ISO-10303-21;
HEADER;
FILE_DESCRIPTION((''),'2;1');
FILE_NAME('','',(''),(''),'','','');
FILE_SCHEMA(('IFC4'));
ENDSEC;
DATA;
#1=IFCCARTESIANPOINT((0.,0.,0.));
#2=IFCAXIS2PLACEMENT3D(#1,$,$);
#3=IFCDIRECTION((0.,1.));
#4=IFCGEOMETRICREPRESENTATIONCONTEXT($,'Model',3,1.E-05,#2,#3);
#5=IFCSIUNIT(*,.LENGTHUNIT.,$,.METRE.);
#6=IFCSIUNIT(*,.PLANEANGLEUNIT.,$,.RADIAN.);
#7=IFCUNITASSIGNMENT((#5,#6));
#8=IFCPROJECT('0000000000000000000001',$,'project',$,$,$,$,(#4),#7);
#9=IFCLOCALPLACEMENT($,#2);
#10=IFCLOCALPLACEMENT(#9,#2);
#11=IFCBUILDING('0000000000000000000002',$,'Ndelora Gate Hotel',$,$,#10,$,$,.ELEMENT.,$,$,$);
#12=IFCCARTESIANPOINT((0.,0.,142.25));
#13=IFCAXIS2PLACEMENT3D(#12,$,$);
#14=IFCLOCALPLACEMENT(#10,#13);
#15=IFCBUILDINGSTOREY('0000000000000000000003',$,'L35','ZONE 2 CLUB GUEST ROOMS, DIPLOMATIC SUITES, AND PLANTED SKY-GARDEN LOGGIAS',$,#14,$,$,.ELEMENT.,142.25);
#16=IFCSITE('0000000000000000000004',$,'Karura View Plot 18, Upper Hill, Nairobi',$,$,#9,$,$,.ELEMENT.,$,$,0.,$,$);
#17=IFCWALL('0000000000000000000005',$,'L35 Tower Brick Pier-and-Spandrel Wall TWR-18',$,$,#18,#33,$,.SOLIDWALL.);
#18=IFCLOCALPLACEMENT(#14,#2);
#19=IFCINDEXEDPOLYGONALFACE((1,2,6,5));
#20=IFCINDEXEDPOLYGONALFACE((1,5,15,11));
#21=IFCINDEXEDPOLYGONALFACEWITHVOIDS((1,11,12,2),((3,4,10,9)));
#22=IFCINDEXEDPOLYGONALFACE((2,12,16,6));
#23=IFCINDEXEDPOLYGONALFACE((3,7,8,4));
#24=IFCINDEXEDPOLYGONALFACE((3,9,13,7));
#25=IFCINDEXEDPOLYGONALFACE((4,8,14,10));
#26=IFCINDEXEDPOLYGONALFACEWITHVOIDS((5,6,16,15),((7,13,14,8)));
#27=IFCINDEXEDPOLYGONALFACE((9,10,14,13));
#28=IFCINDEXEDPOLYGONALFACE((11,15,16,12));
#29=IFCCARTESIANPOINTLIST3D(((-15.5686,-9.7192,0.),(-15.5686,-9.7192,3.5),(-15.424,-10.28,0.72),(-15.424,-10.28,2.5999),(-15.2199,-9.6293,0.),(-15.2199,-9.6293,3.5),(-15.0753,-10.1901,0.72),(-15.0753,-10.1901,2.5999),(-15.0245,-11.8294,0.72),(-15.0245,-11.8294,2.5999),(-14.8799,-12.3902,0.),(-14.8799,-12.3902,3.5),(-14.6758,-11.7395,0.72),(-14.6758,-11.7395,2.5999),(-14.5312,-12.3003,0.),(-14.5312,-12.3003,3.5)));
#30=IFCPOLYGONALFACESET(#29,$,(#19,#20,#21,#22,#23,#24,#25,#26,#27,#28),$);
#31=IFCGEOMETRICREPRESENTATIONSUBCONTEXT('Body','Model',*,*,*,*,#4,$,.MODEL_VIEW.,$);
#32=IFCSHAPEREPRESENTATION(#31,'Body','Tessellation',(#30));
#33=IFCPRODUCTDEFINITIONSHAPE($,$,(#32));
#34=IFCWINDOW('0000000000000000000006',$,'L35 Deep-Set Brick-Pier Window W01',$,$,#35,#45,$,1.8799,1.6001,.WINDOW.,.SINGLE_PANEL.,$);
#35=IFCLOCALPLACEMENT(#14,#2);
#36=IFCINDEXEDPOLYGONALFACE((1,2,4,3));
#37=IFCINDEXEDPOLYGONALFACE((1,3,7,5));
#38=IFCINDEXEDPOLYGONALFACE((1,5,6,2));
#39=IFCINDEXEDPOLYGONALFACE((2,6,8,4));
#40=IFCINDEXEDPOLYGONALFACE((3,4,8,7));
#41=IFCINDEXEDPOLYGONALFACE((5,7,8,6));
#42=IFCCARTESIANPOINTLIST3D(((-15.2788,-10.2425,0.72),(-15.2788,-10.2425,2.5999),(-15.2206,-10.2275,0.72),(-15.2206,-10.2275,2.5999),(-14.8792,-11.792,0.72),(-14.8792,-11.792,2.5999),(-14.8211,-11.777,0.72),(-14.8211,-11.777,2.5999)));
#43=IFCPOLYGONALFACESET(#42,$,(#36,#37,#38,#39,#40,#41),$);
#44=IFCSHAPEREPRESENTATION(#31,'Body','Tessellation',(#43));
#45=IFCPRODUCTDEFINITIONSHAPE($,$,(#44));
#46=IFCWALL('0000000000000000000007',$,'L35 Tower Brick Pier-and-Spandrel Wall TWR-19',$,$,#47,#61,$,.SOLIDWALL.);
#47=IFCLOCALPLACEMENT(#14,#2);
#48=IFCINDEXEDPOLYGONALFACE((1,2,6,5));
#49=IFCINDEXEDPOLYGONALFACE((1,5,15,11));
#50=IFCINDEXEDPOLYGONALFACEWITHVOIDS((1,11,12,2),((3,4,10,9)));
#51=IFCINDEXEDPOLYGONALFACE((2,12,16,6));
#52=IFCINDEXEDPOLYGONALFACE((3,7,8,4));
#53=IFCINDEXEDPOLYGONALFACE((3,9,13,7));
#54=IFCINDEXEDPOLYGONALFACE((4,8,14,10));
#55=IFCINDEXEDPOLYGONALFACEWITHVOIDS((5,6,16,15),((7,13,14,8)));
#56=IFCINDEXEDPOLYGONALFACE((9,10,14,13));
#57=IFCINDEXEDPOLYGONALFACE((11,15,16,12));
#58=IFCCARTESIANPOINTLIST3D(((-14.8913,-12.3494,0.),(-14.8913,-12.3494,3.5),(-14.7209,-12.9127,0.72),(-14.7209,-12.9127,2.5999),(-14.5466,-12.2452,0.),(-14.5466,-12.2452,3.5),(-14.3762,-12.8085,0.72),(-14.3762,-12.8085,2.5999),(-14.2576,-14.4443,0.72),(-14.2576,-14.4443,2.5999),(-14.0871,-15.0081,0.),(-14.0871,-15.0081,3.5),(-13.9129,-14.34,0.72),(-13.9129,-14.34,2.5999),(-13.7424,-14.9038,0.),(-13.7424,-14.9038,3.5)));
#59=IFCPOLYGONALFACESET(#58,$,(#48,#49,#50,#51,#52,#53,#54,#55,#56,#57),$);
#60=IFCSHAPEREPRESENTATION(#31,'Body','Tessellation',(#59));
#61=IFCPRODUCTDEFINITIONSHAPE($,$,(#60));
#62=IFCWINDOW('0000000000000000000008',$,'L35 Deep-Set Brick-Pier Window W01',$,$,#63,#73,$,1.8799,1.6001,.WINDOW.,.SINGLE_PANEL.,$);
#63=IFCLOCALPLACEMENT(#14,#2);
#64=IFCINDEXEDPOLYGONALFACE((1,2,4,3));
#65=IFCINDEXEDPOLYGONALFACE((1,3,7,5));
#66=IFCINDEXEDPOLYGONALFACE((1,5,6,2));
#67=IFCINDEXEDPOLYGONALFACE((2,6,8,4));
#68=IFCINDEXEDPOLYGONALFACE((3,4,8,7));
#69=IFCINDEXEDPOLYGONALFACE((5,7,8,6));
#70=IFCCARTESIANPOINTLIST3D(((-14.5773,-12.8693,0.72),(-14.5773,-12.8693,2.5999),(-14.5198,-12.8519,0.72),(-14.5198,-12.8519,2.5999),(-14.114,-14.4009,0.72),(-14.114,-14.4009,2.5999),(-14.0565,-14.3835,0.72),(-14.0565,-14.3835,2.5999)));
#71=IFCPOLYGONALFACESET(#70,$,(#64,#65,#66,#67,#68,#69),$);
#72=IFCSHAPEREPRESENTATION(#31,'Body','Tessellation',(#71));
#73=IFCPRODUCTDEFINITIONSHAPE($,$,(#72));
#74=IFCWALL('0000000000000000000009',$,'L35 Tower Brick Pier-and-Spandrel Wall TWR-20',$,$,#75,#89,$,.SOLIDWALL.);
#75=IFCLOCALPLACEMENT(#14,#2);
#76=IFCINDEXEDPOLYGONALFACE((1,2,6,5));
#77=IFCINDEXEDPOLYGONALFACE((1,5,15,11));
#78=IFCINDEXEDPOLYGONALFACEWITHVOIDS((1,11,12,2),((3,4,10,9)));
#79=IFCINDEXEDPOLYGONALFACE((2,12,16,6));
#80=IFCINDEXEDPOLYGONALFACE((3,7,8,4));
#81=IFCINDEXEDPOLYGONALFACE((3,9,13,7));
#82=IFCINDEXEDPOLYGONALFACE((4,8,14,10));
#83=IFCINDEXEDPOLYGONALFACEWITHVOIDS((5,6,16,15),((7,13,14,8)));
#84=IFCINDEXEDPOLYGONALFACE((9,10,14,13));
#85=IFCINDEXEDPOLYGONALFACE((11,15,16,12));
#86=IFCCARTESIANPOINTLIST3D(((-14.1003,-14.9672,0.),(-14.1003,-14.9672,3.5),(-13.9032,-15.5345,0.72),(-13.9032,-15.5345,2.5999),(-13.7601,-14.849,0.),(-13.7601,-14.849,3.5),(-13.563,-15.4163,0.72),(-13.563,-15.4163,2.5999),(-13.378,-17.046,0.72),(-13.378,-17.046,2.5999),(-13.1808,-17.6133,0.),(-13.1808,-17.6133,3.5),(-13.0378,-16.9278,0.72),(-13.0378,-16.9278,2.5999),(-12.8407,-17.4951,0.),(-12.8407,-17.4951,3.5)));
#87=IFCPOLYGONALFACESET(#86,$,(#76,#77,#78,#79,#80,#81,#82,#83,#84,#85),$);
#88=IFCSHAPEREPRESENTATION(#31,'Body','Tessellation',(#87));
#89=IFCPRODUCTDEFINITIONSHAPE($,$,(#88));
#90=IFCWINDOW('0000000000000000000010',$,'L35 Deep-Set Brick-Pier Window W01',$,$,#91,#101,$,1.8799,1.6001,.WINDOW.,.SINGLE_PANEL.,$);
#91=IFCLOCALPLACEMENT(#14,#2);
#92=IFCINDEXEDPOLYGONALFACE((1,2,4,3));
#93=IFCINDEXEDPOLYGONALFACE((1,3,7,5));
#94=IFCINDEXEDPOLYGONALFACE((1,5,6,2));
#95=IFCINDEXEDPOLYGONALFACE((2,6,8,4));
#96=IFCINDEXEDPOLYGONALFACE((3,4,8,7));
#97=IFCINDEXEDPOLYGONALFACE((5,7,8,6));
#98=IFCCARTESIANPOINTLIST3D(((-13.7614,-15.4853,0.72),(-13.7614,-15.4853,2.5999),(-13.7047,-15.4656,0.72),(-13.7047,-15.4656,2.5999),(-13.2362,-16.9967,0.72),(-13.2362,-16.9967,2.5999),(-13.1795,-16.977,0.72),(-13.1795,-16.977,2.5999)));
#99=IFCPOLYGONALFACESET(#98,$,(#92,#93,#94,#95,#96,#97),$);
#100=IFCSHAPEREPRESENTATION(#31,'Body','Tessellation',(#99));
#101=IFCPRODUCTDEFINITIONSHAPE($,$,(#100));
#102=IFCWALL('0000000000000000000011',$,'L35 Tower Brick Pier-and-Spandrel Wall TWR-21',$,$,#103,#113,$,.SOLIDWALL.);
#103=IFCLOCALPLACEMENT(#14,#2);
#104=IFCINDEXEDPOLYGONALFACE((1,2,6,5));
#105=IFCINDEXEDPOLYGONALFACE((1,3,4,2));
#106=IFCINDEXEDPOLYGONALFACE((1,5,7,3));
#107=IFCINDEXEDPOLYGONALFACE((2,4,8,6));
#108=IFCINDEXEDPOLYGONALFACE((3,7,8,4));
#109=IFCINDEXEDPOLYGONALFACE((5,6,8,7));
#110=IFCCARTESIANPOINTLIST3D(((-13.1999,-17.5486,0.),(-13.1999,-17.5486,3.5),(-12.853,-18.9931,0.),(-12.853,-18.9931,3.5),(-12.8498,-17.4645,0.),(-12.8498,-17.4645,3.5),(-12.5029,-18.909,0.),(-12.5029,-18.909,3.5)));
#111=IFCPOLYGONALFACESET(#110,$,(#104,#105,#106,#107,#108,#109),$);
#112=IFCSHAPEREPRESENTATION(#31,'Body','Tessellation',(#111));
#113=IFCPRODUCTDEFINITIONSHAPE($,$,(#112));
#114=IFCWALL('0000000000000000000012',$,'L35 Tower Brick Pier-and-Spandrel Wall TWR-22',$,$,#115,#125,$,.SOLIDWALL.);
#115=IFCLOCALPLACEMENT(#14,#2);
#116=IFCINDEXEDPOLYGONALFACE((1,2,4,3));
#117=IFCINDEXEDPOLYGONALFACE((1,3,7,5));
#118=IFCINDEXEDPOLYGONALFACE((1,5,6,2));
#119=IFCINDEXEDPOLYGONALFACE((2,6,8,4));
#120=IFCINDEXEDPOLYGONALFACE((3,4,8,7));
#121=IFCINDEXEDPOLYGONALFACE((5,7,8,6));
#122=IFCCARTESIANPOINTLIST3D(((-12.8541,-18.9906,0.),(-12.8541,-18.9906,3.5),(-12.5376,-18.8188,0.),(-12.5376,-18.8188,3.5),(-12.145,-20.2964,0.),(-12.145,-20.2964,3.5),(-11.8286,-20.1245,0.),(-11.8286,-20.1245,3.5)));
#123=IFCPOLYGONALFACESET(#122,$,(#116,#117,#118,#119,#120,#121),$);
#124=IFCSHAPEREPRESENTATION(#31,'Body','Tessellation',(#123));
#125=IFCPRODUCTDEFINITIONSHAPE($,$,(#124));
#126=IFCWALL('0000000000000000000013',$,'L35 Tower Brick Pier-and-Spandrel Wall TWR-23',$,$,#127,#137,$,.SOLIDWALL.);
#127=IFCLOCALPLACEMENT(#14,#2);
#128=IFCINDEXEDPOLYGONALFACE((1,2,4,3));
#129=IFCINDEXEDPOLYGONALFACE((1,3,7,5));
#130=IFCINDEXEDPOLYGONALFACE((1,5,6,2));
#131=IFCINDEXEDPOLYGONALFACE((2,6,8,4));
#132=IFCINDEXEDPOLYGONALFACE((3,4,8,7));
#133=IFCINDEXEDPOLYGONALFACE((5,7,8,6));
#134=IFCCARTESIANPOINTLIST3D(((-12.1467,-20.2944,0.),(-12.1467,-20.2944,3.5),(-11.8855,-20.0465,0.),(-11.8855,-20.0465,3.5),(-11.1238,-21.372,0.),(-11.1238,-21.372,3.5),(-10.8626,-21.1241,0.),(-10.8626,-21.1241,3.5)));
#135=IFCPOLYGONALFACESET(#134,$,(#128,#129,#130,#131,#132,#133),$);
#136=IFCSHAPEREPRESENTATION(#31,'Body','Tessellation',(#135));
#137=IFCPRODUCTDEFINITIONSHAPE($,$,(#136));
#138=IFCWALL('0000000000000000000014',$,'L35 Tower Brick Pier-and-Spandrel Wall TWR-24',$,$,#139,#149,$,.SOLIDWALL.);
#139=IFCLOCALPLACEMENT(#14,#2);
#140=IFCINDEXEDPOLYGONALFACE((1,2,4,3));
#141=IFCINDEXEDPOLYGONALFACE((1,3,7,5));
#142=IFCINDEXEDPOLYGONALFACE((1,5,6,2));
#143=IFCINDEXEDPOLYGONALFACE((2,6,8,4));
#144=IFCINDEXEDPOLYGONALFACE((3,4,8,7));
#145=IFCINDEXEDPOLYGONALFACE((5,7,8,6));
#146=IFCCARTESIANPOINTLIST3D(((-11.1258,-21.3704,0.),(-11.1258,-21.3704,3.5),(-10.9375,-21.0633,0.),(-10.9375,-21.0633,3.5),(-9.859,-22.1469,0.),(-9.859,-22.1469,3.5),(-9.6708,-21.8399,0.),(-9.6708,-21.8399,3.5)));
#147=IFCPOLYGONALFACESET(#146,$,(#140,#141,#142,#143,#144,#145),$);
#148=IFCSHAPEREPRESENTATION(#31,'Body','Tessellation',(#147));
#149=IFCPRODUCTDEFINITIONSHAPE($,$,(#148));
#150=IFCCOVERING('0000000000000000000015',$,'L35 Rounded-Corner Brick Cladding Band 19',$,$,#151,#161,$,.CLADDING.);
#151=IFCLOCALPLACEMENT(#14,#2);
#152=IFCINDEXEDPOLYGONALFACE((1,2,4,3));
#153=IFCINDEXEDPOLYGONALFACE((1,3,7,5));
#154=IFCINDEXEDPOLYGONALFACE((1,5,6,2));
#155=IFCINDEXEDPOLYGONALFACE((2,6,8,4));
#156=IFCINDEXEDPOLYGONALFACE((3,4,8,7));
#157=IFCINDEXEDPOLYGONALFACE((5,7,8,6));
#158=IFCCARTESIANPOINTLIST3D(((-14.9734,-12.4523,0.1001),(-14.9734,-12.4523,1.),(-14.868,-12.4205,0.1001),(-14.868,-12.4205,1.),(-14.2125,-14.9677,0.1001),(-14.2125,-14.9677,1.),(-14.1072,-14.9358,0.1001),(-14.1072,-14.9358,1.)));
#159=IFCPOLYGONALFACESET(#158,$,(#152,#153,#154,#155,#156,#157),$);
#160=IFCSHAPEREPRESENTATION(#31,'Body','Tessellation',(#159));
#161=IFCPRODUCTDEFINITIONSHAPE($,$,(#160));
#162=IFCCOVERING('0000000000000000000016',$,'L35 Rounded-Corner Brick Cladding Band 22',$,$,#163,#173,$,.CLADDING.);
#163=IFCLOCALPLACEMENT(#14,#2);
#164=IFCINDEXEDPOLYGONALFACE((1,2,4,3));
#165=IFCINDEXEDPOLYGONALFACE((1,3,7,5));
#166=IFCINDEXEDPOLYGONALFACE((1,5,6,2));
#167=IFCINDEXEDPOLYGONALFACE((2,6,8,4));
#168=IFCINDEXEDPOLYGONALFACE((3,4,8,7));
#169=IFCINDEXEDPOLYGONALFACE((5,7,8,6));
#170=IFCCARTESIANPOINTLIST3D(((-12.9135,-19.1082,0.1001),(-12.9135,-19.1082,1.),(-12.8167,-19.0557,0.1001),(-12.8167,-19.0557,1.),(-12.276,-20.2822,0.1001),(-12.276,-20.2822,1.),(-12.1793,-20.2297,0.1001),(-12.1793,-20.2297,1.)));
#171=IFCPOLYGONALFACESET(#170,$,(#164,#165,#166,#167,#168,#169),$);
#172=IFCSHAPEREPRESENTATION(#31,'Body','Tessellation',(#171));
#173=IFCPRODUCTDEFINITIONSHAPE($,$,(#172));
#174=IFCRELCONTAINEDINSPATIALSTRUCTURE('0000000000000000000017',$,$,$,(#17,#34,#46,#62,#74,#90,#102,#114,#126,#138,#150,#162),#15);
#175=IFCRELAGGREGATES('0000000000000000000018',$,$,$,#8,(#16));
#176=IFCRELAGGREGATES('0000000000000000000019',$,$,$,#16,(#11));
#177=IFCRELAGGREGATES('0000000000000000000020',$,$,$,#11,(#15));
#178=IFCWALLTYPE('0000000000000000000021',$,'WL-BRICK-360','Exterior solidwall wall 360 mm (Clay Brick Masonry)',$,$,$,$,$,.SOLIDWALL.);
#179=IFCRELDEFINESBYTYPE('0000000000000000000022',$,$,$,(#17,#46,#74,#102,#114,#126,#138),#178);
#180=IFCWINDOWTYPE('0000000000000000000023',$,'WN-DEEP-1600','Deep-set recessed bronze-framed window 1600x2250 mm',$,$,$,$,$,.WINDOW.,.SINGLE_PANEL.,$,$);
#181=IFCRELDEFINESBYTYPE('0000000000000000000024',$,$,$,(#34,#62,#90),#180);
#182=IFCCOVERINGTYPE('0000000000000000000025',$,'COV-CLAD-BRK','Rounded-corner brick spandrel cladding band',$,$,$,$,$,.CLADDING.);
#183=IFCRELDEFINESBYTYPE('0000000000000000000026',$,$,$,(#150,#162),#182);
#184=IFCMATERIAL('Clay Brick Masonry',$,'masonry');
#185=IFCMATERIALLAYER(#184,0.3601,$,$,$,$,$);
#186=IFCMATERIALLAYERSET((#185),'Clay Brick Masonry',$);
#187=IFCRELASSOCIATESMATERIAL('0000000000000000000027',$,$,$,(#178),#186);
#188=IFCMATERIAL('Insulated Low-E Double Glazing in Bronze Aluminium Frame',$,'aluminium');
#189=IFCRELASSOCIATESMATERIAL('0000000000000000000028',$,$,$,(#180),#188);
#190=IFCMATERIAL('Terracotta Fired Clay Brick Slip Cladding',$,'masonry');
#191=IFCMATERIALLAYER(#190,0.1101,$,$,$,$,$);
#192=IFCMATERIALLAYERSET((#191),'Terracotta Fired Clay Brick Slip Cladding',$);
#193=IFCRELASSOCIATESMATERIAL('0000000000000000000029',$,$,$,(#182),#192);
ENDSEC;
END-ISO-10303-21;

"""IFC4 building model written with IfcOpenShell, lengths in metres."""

from ifc_helpers import new_model, si_unit, direction, frame, frame_2d, origin, origin_2d, place, context, subcontext, project, spatial, rectangle, extrude, material, layer, layer_set, type_object, element, fill, save


model = new_model("IFC4")

# Units and contexts
model_context = context("Model", 3, precision=1e-05, world=origin(), true_north=direction((0.0, 1.0)))
body_context = subcontext(model_context, "Body", "Model", "MODEL_VIEW")
ifc_project = project(units=[si_unit("LENGTHUNIT", "METRE"), si_unit("PLANEANGLEUNIT", "RADIAN")], contexts=[model_context])

# Site, building, storey
site_placement = place(None, origin())
site = spatial("IfcSite", under=ifc_project, at=site_placement, Name="Karura View Plot 18, Upper Hill, Nairobi", CompositionType="ELEMENT", RefElevation=0.0)
building_placement = place(site_placement, origin())
building = spatial("IfcBuilding", under=site, at=building_placement, Name="Ndelora Gate Hotel", CompositionType="ELEMENT")
storey_placement = place(building_placement, frame((0.0, 0.0, 142.25)))
storey = spatial("IfcBuildingStorey", under=building, at=storey_placement, Name="L35", Description="ZONE 2 CLUB GUEST ROOMS, DIPLOMATIC SUITES, AND PLANTED SKY-GARDEN LOGGIAS", CompositionType="ELEMENT", Elevation=142.25)

# Walls, openings, windows
ifc_material_1 = material(Name="Clay Brick Masonry", Category="masonry")
ifc_layer_1 = layer(ifc_material_1, 0.3601)
ifc_layer_set_1 = layer_set([ifc_layer_1], Name="Clay Brick Masonry")
wall_type = type_object("IfcWallType", Name="WL-BRICK-360", Description="Exterior solidwall wall 360 mm (Clay Brick Masonry)", PredefinedType="SOLIDWALL", material=ifc_layer_set_1)
ifc_material_2 = material(Name="Insulated Low-E Double Glazing in Bronze Aluminium Frame", Category="aluminium")
wall_1_placement = place(storey_placement, frame((-14.7056, -12.3452, 0.0), z_axis=(0.0, 0.0, 1.0), x_axis=(-0.249693, 0.968325, 0.0)))
wall_1 = element("IfcWall", 1, at=wall_1_placement, inside=storey, type_object=wall_type, Name="L35 Tower Brick Pier-and-Spandrel Wall TWR-18", PredefinedType="SOLIDWALL", context=body_context, shape_type="SweptSolid", body=[
    extrude(rectangle(XDim=2.7583, YDim=0.3601, at=frame_2d((1.3792, 0.0))), origin(), (0.0, 0.0, 1.0), 3.5),
])
opening_1_placement = place(wall_1_placement, frame((0.5791, 0.0, 0.72)))
opening_1 = element("IfcOpeningElement", 2, at=opening_1_placement, cuts=wall_1, PredefinedType="OPENING", context=body_context, shape_type="SweptSolid", body=[
    extrude(rectangle(XDim=1.6001, YDim=1.8799, at=frame_2d((0.8, 0.9399))), frame((0.0, 0.1899, 0.0), z_axis=(0.0, -1.0, 0.0), x_axis=(1.0, 0.0, 0.0)), (0.0, 0.0, 1.0), 0.3801),
])
window_type_1 = type_object("IfcWindowType", Name="WN-DEEP-1600", Description="Deep-set recessed bronze-framed window 1600x2250 mm", PartitioningType="SINGLE_PANEL", PredefinedType="WINDOW", material=ifc_material_2)
window_1_placement = place(opening_1_placement, origin())
window_1 = element("IfcWindow", 3, at=window_1_placement, inside=storey, type_object=window_type_1, Name="L35 Deep-Set Brick-Pier Window W01", OverallHeight=1.8799, OverallWidth=1.6001, PartitioningType="SINGLE_PANEL", PredefinedType="WINDOW", context=body_context, shape_type="SweptSolid", body=[
    extrude(rectangle(XDim=1.6001, YDim=1.8799, at=frame_2d((0.8, 0.9399))), frame((0.0, 0.03, 0.0), z_axis=(0.0, -1.0, 0.0), x_axis=(1.0, 0.0, 0.0)), (0.0, 0.0, 1.0), 0.0601),
])
fill(opening_1, window_1)
wall_2_placement = place(storey_placement, frame((-13.9148, -14.9558, 0.0), z_axis=(0.0, 0.0, 1.0), x_axis=(-0.289524, 0.957171, 0.0)))
wall_2 = element("IfcWall", 4, at=wall_2_placement, inside=storey, type_object=wall_type, Name="L35 Tower Brick Pier-and-Spandrel Wall TWR-19", PredefinedType="SOLIDWALL", context=body_context, shape_type="SweptSolid", body=[
    extrude(rectangle(XDim=2.7776, YDim=0.3601, at=frame_2d((1.3887, 0.0))), origin(), (0.0, 0.0, 1.0), 3.5),
])
opening_2_placement = place(wall_2_placement, frame((0.5889, 0.0, 0.72)))
opening_2 = element("IfcOpeningElement", 5, at=opening_2_placement, cuts=wall_2, PredefinedType="OPENING", context=body_context, shape_type="SweptSolid", body=[
    extrude(rectangle(XDim=1.6001, YDim=1.8799, at=frame_2d((0.8, 0.9399))), frame((0.0, 0.1899, 0.0), z_axis=(0.0, -1.0, 0.0), x_axis=(1.0, 0.0, 0.0)), (0.0, 0.0, 1.0), 0.3801),
])
window_2_placement = place(opening_2_placement, origin())
window_2 = element("IfcWindow", 6, at=window_2_placement, inside=storey, type_object=window_type_1, Name="L35 Deep-Set Brick-Pier Window W01", OverallHeight=1.8799, OverallWidth=1.6001, PartitioningType="SINGLE_PANEL", PredefinedType="WINDOW", context=body_context, shape_type="SweptSolid", body=[
    extrude(rectangle(XDim=1.6001, YDim=1.8799, at=frame_2d((0.8, 0.9399))), frame((0.0, 0.03, 0.0), z_axis=(0.0, -1.0, 0.0), x_axis=(1.0, 0.0, 0.0)), (0.0, 0.0, 1.0), 0.0601),
])
fill(opening_2, window_2)
wall_3_placement = place(storey_placement, frame((-13.0107, -17.5542, 0.0), z_axis=(0.0, 0.0, 1.0), x_axis=(-0.32823, 0.944598, 0.0)))
wall_3 = element("IfcWall", 7, at=wall_3_placement, inside=storey, type_object=wall_type, Name="L35 Tower Brick Pier-and-Spandrel Wall TWR-20", PredefinedType="SOLIDWALL", context=body_context, shape_type="SweptSolid", body=[
    extrude(rectangle(XDim=2.8013, YDim=0.3601, at=frame_2d((1.4006, 0.0))), origin(), (0.0, 0.0, 1.0), 3.5),
])
opening_3_placement = place(wall_3_placement, frame((0.6006, 0.0, 0.72)))
opening_3 = element("IfcOpeningElement", 8, at=opening_3_placement, cuts=wall_3, PredefinedType="OPENING", context=body_context, shape_type="SweptSolid", body=[
    extrude(rectangle(XDim=1.6001, YDim=1.8799, at=frame_2d((0.8, 0.9399))), frame((0.0, 0.1899, 0.0), z_axis=(0.0, -1.0, 0.0), x_axis=(1.0, 0.0, 0.0)), (0.0, 0.0, 1.0), 0.3801),
])
window_3_placement = place(opening_3_placement, origin())
window_3 = element("IfcWindow", 9, at=window_3_placement, inside=storey, type_object=window_type_1, Name="L35 Deep-Set Brick-Pier Window W01", OverallHeight=1.8799, OverallWidth=1.6001, PartitioningType="SINGLE_PANEL", PredefinedType="WINDOW", context=body_context, shape_type="SweptSolid", body=[
    extrude(rectangle(XDim=1.6001, YDim=1.8799, at=frame_2d((0.8, 0.9399))), frame((0.0, 0.03, 0.0), z_axis=(0.0, -1.0, 0.0), x_axis=(1.0, 0.0, 0.0)), (0.0, 0.0, 1.0), 0.0601),
])
fill(opening_3, window_3)

# Walls
wall_4_placement = place(storey_placement, frame((-12.678, -18.9509, 0.0), z_axis=(0.0, 0.0, 1.0), x_axis=(-0.233516, 0.972353, 0.0)))
element("IfcWall", 10, at=wall_4_placement, inside=storey, type_object=wall_type, Name="L35 Tower Brick Pier-and-Spandrel Wall TWR-21", PredefinedType="SOLIDWALL", context=body_context, shape_type="SweptSolid", body=[
    extrude(rectangle(XDim=1.4856, YDim=0.3601, at=frame_2d((0.7427, 0.0))), origin(), (0.0, 0.0, 1.0), 3.5),
])
for number, where, z_axis, x_axis, name in (
    (11, (-11.9868, -20.2104, 0.0), (0.0, 0.0, 1.0), (-0.477193, 0.878798, 0.0), "L35 Tower Brick Pier-and-Spandrel Wall TWR-22"),
    (12, (-10.9932, -21.248, 0.0), (0.0, 0.0, 1.0), (-0.688464, 0.72527, 0.0), "L35 Tower Brick Pier-and-Spandrel Wall TWR-23"),
    (13, (-9.7649, -21.9934, 0.0), (0.0, 0.0, 1.0), (-0.852554, 0.522639, 0.0), "L35 Tower Brick Pier-and-Spandrel Wall TWR-24"),
):
    element("IfcWall", number, at=place(storey_placement, frame(where, z_axis=z_axis, x_axis=x_axis)), inside=storey, type_object=wall_type, Name=name, PredefinedType="SOLIDWALL", context=body_context, shape_type="SweptSolid", body=[
        extrude(rectangle(XDim=1.4858, YDim=0.3601, at=frame_2d((0.7429, 0.0))), origin(), (0.0, 0.0, 1.0), 3.5),
    ])

# Coverings
ifc_material_3 = material(Name="Terracotta Fired Clay Brick Slip Cladding", Category="masonry")
ifc_layer_2 = layer(ifc_material_3, 0.1101)
ifc_layer_set_2 = layer_set([ifc_layer_2], Name="Terracotta Fired Clay Brick Slip Cladding")
covering_type = type_object("IfcCoveringType", Name="COV-CLAD-BRK", Description="Rounded-corner brick spandrel cladding band", PredefinedType="CLADDING", material=ifc_layer_set_2)
covering_1_placement = place(storey_placement, frame((-14.5403, -13.6941, 0.1001), z_axis=(0.0, 0.0, 1.0), x_axis=(-0.289533, 0.957168, 0.0)))
element("IfcCovering", 14, at=covering_1_placement, inside=storey, type_object=covering_type, Name="L35 Rounded-Corner Brick Cladding Band 19", PredefinedType="CLADDING", context=body_context, shape_type="SweptSolid", body=[
    extrude(rectangle(XDim=2.6279, YDim=0.1101, at=origin_2d()), origin(), (0.0, 0.0, 1.0), 0.8999),
])
covering_2_placement = place(storey_placement, frame((-12.5464, -19.6689, 0.1001), z_axis=(0.0, 0.0, 1.0), x_axis=(-0.477159, 0.878817, 0.0)))
element("IfcCovering", 15, at=covering_2_placement, inside=storey, type_object=covering_type, Name="L35 Rounded-Corner Brick Cladding Band 22", PredefinedType="CLADDING", context=body_context, shape_type="SweptSolid", body=[
    extrude(rectangle(XDim=1.3359, YDim=0.1101, at=origin_2d()), origin(), (0.0, 0.0, 1.0), 0.8999),
])

save(model, "model.ifc")
